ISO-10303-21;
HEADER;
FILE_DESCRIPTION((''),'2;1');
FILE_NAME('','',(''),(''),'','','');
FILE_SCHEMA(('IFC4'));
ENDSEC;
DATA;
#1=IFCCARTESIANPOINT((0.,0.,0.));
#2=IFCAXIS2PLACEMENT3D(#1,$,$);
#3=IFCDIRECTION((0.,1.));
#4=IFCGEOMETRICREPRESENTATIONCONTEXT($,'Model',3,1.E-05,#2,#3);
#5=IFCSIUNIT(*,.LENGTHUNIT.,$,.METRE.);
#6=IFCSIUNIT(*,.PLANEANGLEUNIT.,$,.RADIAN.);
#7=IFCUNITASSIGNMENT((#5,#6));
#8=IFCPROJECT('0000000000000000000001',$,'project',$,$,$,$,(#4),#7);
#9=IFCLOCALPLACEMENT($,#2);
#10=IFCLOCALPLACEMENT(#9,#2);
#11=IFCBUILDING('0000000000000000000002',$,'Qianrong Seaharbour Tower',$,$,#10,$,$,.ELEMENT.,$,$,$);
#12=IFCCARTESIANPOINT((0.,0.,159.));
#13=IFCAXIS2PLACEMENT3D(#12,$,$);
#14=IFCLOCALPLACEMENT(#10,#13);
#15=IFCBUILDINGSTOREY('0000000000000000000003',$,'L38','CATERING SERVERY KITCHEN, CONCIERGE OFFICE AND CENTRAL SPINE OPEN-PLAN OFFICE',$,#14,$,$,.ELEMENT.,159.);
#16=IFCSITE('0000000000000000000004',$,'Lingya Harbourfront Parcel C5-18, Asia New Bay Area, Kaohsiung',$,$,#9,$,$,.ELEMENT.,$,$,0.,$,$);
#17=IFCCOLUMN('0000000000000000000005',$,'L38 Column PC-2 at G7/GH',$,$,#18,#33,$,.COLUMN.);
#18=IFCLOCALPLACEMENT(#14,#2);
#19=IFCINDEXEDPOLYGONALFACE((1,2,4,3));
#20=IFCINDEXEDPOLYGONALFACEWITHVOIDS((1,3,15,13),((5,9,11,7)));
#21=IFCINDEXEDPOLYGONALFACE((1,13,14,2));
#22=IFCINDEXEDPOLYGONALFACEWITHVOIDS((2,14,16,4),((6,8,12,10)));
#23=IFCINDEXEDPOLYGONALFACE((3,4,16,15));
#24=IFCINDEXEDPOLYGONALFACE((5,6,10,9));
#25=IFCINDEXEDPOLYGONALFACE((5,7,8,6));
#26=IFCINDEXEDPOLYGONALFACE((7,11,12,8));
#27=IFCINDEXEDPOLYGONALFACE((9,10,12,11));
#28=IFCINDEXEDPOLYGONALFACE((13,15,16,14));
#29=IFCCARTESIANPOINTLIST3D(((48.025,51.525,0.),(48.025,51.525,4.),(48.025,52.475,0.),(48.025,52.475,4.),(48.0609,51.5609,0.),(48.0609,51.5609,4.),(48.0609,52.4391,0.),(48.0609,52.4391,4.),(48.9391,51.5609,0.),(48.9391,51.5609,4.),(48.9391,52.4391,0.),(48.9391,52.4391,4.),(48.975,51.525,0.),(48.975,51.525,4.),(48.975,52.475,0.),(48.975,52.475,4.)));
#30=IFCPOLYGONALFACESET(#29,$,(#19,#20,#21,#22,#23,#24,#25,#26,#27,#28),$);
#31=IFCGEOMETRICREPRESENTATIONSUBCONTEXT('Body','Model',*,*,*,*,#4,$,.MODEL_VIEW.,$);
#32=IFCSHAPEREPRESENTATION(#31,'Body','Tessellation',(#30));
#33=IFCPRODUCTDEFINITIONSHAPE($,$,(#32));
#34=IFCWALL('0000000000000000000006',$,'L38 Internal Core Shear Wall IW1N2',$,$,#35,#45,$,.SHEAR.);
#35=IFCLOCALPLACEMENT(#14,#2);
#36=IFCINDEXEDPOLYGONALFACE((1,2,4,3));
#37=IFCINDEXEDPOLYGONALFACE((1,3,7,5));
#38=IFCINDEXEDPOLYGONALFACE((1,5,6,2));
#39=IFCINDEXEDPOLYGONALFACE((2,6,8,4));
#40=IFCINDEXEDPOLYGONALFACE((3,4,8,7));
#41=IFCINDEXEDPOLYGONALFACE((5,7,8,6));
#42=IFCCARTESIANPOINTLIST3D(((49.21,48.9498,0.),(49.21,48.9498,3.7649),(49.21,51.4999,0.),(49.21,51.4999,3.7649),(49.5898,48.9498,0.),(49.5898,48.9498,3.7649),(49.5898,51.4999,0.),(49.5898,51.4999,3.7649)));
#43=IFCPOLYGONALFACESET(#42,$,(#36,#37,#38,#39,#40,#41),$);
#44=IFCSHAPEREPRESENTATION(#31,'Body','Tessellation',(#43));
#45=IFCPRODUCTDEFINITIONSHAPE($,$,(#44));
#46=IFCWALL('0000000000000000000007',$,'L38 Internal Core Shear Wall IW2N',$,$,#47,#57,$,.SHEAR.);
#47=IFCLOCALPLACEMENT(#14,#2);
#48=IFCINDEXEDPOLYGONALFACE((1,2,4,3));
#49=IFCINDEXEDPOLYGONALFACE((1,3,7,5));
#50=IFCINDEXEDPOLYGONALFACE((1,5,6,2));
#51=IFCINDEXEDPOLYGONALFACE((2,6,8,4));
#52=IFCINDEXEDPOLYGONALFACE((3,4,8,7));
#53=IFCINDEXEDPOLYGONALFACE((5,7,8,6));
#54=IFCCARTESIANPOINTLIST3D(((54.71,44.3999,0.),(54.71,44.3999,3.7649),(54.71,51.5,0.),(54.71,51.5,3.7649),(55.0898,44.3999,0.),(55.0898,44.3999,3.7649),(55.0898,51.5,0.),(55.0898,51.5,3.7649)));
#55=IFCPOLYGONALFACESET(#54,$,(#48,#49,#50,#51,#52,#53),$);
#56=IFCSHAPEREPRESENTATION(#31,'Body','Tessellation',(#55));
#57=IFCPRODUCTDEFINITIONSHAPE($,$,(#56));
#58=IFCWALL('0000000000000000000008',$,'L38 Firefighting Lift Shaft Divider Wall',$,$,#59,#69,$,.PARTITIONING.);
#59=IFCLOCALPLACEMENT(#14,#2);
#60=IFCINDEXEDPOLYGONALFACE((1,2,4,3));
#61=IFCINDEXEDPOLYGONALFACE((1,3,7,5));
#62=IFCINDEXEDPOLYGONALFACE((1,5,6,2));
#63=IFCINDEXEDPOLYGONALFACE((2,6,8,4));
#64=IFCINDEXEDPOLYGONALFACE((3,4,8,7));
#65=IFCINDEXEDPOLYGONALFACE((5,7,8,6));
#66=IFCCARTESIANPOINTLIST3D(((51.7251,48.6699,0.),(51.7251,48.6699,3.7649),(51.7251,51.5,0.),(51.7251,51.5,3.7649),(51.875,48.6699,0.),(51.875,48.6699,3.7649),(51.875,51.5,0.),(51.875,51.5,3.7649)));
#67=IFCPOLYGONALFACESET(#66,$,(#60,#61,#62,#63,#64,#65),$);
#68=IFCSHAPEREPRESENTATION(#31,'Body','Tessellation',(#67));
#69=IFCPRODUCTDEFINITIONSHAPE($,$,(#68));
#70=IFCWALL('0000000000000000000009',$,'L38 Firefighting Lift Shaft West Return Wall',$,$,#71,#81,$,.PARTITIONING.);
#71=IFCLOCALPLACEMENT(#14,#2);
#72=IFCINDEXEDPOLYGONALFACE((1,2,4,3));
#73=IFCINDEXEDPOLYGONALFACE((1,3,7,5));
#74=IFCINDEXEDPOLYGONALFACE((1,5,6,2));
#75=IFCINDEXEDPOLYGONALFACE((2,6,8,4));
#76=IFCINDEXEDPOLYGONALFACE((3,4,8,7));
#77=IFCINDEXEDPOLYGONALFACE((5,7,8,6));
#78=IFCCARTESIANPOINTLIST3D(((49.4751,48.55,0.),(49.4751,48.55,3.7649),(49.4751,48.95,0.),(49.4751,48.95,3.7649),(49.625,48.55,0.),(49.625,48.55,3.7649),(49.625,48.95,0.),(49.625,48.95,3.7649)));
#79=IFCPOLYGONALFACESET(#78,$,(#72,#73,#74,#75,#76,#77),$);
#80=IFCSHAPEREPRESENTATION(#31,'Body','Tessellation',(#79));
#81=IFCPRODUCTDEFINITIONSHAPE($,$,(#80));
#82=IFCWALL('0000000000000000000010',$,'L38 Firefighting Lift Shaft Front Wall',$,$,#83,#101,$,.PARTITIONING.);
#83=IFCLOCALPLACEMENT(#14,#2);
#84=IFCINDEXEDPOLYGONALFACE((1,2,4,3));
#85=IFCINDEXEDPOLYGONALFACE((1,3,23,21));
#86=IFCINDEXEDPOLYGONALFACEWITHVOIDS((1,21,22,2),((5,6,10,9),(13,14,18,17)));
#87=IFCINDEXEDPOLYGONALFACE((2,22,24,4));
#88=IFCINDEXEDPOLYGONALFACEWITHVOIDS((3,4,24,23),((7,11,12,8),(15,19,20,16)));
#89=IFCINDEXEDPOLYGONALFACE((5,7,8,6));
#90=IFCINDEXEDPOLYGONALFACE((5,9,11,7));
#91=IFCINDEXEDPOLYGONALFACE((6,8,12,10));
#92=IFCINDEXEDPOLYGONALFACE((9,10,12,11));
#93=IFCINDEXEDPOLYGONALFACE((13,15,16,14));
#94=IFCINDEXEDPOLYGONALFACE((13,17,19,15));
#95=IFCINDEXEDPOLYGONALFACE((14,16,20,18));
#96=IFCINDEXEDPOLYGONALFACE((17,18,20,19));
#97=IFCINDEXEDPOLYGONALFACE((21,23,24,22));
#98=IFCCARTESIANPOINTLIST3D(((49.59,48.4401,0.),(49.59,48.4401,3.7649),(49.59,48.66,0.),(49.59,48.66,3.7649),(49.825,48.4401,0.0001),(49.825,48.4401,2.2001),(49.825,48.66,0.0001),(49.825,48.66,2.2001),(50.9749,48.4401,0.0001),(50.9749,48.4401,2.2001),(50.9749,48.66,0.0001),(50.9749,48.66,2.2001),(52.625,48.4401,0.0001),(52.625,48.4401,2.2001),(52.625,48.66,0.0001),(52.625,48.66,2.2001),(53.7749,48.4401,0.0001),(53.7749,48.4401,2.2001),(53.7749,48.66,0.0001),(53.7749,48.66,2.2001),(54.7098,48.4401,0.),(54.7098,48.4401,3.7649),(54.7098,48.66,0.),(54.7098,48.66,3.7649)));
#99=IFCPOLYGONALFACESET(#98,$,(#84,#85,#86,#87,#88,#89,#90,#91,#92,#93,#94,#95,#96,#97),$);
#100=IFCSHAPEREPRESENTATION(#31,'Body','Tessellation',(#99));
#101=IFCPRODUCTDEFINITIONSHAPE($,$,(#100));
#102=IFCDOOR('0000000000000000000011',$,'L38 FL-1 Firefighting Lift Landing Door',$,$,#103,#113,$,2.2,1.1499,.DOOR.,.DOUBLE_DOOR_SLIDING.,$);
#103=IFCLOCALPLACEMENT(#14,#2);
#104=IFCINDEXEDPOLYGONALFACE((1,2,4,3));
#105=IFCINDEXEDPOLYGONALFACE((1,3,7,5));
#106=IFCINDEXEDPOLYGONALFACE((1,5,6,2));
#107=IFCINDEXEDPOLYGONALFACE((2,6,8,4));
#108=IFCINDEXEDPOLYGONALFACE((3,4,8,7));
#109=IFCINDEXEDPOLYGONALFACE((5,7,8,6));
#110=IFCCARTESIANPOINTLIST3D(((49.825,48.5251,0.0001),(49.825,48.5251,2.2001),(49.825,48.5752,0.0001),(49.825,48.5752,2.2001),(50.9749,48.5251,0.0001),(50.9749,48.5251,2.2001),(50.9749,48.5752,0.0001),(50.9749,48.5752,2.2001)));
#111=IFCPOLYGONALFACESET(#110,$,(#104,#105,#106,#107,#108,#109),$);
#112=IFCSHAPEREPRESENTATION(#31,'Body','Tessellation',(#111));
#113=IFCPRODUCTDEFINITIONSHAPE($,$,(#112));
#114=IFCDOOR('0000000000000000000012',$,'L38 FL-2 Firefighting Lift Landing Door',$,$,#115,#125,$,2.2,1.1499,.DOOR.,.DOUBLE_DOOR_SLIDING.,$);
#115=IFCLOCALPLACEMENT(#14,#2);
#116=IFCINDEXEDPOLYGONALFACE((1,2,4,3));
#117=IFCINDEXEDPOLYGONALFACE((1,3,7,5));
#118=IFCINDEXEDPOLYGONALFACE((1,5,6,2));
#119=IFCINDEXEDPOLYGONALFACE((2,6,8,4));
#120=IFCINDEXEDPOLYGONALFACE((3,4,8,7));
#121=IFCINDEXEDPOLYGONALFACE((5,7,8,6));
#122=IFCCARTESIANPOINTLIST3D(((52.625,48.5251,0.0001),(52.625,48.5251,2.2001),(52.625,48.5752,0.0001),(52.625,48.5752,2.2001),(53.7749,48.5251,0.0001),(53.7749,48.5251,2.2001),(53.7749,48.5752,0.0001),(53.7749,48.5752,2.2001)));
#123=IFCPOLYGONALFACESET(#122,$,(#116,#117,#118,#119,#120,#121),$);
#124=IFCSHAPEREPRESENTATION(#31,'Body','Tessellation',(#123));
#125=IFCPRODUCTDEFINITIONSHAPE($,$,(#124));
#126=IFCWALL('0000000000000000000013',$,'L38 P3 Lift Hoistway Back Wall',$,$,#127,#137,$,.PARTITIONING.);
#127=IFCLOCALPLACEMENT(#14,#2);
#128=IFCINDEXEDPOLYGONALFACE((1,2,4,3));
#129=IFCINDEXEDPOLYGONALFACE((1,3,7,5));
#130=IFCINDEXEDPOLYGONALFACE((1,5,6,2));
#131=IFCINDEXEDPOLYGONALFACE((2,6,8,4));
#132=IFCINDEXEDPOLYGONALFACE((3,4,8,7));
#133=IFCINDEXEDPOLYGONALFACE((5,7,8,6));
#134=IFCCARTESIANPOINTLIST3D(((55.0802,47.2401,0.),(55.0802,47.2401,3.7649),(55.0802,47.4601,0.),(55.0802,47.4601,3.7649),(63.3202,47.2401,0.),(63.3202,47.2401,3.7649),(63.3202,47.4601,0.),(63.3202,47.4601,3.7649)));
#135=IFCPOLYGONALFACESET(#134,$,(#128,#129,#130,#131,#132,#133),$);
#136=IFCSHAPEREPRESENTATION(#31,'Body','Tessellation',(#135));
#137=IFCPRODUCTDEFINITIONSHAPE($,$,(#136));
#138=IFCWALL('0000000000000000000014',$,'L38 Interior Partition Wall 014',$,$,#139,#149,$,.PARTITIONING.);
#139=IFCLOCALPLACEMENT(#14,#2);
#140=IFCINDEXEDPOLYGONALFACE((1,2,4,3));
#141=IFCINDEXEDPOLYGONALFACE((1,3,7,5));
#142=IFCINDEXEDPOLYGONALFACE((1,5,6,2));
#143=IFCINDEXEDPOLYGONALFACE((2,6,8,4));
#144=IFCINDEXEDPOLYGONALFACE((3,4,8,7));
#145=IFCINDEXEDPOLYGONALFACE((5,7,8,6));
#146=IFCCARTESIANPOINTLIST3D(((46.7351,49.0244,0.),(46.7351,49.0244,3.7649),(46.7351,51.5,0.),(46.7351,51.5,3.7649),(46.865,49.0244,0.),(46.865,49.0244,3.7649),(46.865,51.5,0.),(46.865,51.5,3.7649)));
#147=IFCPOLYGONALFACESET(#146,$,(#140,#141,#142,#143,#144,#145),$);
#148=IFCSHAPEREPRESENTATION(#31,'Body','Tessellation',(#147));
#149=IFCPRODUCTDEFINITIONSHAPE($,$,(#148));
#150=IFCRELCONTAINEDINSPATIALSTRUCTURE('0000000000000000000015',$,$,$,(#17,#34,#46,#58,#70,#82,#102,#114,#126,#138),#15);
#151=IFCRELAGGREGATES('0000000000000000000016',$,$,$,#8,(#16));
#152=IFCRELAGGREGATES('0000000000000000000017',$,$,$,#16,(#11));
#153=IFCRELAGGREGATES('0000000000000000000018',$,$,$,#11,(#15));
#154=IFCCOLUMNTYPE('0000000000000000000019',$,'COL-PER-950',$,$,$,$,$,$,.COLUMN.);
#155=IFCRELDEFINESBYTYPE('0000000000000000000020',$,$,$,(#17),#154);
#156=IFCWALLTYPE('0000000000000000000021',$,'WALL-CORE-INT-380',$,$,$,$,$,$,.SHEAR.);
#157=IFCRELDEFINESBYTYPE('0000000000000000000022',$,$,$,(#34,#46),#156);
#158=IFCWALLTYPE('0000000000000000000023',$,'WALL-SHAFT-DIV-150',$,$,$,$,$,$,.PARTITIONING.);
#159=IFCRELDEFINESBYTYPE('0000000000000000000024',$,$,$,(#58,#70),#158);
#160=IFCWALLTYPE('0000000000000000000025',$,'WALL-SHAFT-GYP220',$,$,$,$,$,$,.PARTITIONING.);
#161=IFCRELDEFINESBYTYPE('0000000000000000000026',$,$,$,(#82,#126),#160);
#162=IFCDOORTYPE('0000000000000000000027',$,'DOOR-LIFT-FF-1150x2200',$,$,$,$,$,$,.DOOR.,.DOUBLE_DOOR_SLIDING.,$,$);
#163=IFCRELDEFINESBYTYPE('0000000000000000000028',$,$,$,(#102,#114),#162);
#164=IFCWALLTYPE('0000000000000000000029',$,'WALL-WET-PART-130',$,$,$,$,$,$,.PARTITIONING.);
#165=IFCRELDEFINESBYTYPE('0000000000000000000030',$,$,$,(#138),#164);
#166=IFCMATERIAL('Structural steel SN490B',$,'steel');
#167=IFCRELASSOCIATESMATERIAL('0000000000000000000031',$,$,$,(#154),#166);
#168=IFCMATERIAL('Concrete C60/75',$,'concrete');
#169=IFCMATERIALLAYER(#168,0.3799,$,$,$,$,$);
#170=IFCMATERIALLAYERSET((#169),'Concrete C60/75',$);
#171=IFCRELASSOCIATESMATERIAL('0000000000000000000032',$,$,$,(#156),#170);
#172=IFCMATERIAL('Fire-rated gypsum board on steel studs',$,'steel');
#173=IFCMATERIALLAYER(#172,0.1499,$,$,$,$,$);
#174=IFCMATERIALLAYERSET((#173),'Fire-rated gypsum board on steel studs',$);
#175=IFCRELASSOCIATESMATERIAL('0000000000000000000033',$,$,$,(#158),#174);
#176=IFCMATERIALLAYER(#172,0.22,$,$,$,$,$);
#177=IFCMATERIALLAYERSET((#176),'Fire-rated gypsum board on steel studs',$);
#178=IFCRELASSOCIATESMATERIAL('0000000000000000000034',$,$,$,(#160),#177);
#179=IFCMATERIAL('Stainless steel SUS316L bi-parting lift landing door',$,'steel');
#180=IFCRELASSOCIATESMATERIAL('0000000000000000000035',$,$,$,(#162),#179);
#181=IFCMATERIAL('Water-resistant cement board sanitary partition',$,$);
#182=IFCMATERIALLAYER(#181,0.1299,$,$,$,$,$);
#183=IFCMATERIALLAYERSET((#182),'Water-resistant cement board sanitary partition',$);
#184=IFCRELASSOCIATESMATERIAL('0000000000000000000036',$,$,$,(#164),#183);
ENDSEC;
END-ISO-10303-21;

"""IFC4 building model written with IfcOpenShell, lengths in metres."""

from ifc_helpers import new_model, si_unit, direction, frame, frame_2d, origin, origin_2d, place, context, subcontext, project, spatial, rectangle, hollow_rectangle, extrude, material, layer, layer_set, material_profile, profile_set, type_object, element, fill, save


model = new_model("IFC4")

# Units and contexts
model_context = context("Model", 3, precision=1e-05, world=origin(), true_north=direction((0.0, 1.0)))
body_context = subcontext(model_context, "Body", "Model", "MODEL_VIEW")
ifc_project = project(units=[si_unit("LENGTHUNIT", "METRE"), si_unit("PLANEANGLEUNIT", "RADIAN")], contexts=[model_context])

# Site, building, storey
site_placement = place(None, origin())
site = spatial("IfcSite", under=ifc_project, at=site_placement, Name="Lingya Harbourfront Parcel C5-18, Asia New Bay Area, Kaohsiung", CompositionType="ELEMENT", RefElevation=0.0)
building_placement = place(site_placement, origin())
building = spatial("IfcBuilding", under=site, at=building_placement, Name="Qianrong Seaharbour Tower", CompositionType="ELEMENT")
storey_placement = place(building_placement, frame((0.0, 0.0, 159.0)))
storey = spatial("IfcBuildingStorey", under=building, at=storey_placement, Name="L38", Description="CATERING SERVERY KITCHEN, CONCIERGE OFFICE AND CENTRAL SPINE OPEN-PLAN OFFICE", CompositionType="ELEMENT", Elevation=159.0)

# Column
ifc_material_1 = material(Name="Structural steel SN490B", Category="steel")
ifc_material_profile = material_profile(ifc_material_1, hollow_rectangle(XDim=0.95, YDim=0.95, WallThickness=0.0359, at=origin_2d()), Name="BOX950x950x36")
ifc_profile_set = profile_set([ifc_material_profile], Name="Structural steel SN490B")
column_type = type_object("IfcColumnType", Name="COL-PER-950", PredefinedType="COLUMN", material=ifc_profile_set)
column_placement = place(storey_placement, frame((48.5, 52.0, 0.0), z_axis=(0.0, 0.0, 1.0), x_axis=(1.0, 0.0, 0.0)))
element("IfcColumn", 1, at=column_placement, inside=storey, type_object=column_type, Name="L38 Column PC-2 at G7/GH", PredefinedType="COLUMN", context=body_context, shape_type="SweptSolid", body=[
    extrude(hollow_rectangle(XDim=0.95, YDim=0.95, WallThickness=0.0359, at=origin_2d()), origin(), (0.0, 0.0, 1.0), 4.0),
])

# Walls
ifc_material_2 = material(Name="Concrete C60/75", Category="concrete")
ifc_layer_1 = layer(ifc_material_2, 0.3799)
ifc_layer_set_1 = layer_set([ifc_layer_1], Name="Concrete C60/75")
wall_type_1 = type_object("IfcWallType", Name="WALL-CORE-INT-380", PredefinedType="SHEAR", material=ifc_layer_set_1)
wall_1_placement = place(storey_placement, frame((49.3999, 48.95, 0.0), z_axis=(0.0, 0.0, 1.0), x_axis=(0.0, 1.0, 0.0)))
element("IfcWall", 2, at=wall_1_placement, inside=storey, type_object=wall_type_1, Name="L38 Internal Core Shear Wall IW1N2", PredefinedType="SHEAR", context=body_context, shape_type="SweptSolid", body=[
    extrude(rectangle(XDim=2.55, YDim=0.3799, at=frame_2d((1.2749, 0.0))), origin(), (0.0, 0.0, 1.0), 3.7649),
])
wall_2_placement = place(storey_placement, frame((54.8999, 44.3999, 0.0), z_axis=(0.0, 0.0, 1.0), x_axis=(0.0, 1.0, 0.0)))
element("IfcWall", 3, at=wall_2_placement, inside=storey, type_object=wall_type_1, Name="L38 Internal Core Shear Wall IW2N", PredefinedType="SHEAR", context=body_context, shape_type="SweptSolid", body=[
    extrude(rectangle(XDim=7.1001, YDim=0.3799, at=frame_2d((3.55, 0.0))), origin(), (0.0, 0.0, 1.0), 3.7649),
])

# Walls
ifc_material_3 = material(Name="Fire-rated gypsum board on steel studs", Category="steel")
ifc_layer_2 = layer(ifc_material_3, 0.1499)
ifc_layer_set_2 = layer_set([ifc_layer_2], Name="Fire-rated gypsum board on steel studs")
wall_type_2 = type_object("IfcWallType", Name="WALL-SHAFT-DIV-150", PredefinedType="PARTITIONING", material=ifc_layer_set_2)
wall_3_placement = place(storey_placement, frame((51.8, 48.6699, 0.0), z_axis=(0.0, 0.0, 1.0), x_axis=(0.0, 1.0, 0.0)))
element("IfcWall", 4, at=wall_3_placement, inside=storey, type_object=wall_type_2, Name="L38 Firefighting Lift Shaft Divider Wall", PredefinedType="PARTITIONING", context=body_context, shape_type="SweptSolid", body=[
    extrude(rectangle(XDim=2.8301, YDim=0.1499, at=frame_2d((1.415, 0.0))), origin(), (0.0, 0.0, 1.0), 3.7649),
])
wall_4_placement = place(storey_placement, frame((49.55, 48.55, 0.0), z_axis=(0.0, 0.0, 1.0), x_axis=(0.0, 1.0, 0.0)))
element("IfcWall", 5, at=wall_4_placement, inside=storey, type_object=wall_type_2, Name="L38 Firefighting Lift Shaft West Return Wall", PredefinedType="PARTITIONING", context=body_context, shape_type="SweptSolid", body=[
    extrude(rectangle(XDim=0.3999, YDim=0.1499, at=frame_2d((0.2, 0.0))), origin(), (0.0, 0.0, 1.0), 3.7649),
])

# Wall, openings, doors
ifc_layer_3 = layer(ifc_material_3, 0.22)
ifc_layer_set_3 = layer_set([ifc_layer_3], Name="Fire-rated gypsum board on steel studs")
wall_type_3 = type_object("IfcWallType", Name="WALL-SHAFT-GYP220", PredefinedType="PARTITIONING", material=ifc_layer_set_3)
wall_5_placement = place(storey_placement, frame((54.71, 48.55, 0.0), z_axis=(0.0, 0.0, 1.0), x_axis=(-1.0, 0.0, 0.0)))
wall_5 = element("IfcWall", 6, at=wall_5_placement, inside=storey, type_object=wall_type_3, Name="L38 Firefighting Lift Shaft Front Wall", PredefinedType="PARTITIONING", context=body_context, shape_type="SweptSolid", body=[
    extrude(rectangle(XDim=5.1199, YDim=0.22, at=frame_2d((2.5601, 0.0))), origin(), (0.0, 0.0, 1.0), 3.7649),
])
opening_1_placement = place(wall_5_placement, frame((3.7351, 0.0, 0.0)))
opening_1 = element("IfcOpeningElement", 7, at=opening_1_placement, cuts=wall_5, PredefinedType="OPENING", context=body_context, shape_type="SweptSolid", body=[
    extrude(rectangle(XDim=1.1499, YDim=2.2, at=frame_2d((0.575, 1.1001))), frame((0.0, 0.1201, 0.0), z_axis=(0.0, -1.0, 0.0), x_axis=(1.0, 0.0, 0.0)), (0.0, 0.0, 1.0), 0.24),
])
opening_2_placement = place(wall_5_placement, frame((0.9351, 0.0, 0.0)))
opening_2 = element("IfcOpeningElement", 8, at=opening_2_placement, cuts=wall_5, PredefinedType="OPENING", context=body_context, shape_type="SweptSolid", body=[
    extrude(rectangle(XDim=1.1499, YDim=2.2, at=frame_2d((0.575, 1.1001))), frame((0.0, 0.1201, 0.0), z_axis=(0.0, -1.0, 0.0), x_axis=(1.0, 0.0, 0.0)), (0.0, 0.0, 1.0), 0.24),
])
ifc_material_4 = material(Name="Stainless steel SUS316L bi-parting lift landing door", Category="steel")
door_type_1 = type_object("IfcDoorType", Name="DOOR-LIFT-FF-1150x2200", OperationType="DOUBLE_DOOR_SLIDING", PredefinedType="DOOR", material=ifc_material_4)
door_1_placement = place(opening_1_placement, origin())
door_1 = element("IfcDoor", 9, at=door_1_placement, inside=storey, type_object=door_type_1, Name="L38 FL-1 Firefighting Lift Landing Door", OperationType="DOUBLE_DOOR_SLIDING", OverallHeight=2.2, OverallWidth=1.1499, PredefinedType="DOOR", context=body_context, shape_type="SweptSolid", body=[
    extrude(rectangle(XDim=1.1499, YDim=2.2, at=frame_2d((0.575, 1.1001))), frame((0.0, 0.0249, 0.0), z_axis=(0.0, -1.0, 0.0), x_axis=(1.0, 0.0, 0.0)), (0.0, 0.0, 1.0), 0.05),
])
fill(opening_1, door_1)
door_2_placement = place(opening_2_placement, origin())
door_2 = element("IfcDoor", 10, at=door_2_placement, inside=storey, type_object=door_type_1, Name="L38 FL-2 Firefighting Lift Landing Door", OperationType="DOUBLE_DOOR_SLIDING", OverallHeight=2.2, OverallWidth=1.1499, PredefinedType="DOOR", context=body_context, shape_type="SweptSolid", body=[
    extrude(rectangle(XDim=1.1499, YDim=2.2, at=frame_2d((0.575, 1.1001))), frame((0.0, 0.0249, 0.0), z_axis=(0.0, -1.0, 0.0), x_axis=(1.0, 0.0, 0.0)), (0.0, 0.0, 1.0), 0.05),
])
fill(opening_2, door_2)

# Walls
wall_6_placement = place(storey_placement, frame((55.0801, 47.3501, 0.0), z_axis=(0.0, 0.0, 1.0), x_axis=(1.0, 0.0, 0.0)))
element("IfcWall", 11, at=wall_6_placement, inside=storey, type_object=wall_type_3, Name="L38 P3 Lift Hoistway Back Wall", PredefinedType="PARTITIONING", context=body_context, shape_type="SweptSolid", body=[
    extrude(rectangle(XDim=8.24, YDim=0.22, at=frame_2d((4.1201, 0.0))), origin(), (0.0, 0.0, 1.0), 3.7649),
])
ifc_material_5 = material(Name="Water-resistant cement board sanitary partition")
ifc_layer_4 = layer(ifc_material_5, 0.1299)
ifc_layer_set_4 = layer_set([ifc_layer_4], Name="Water-resistant cement board sanitary partition")
wall_type_4 = type_object("IfcWallType", Name="WALL-WET-PART-130", PredefinedType="PARTITIONING", material=ifc_layer_set_4)
wall_7_placement = place(storey_placement, frame((46.8, 51.5, 0.0), z_axis=(0.0, 0.0, 1.0), x_axis=(0.0, -1.0, 0.0)))
element("IfcWall", 12, at=wall_7_placement, inside=storey, type_object=wall_type_4, Name="L38 Interior Partition Wall 014", PredefinedType="PARTITIONING", context=body_context, shape_type="SweptSolid", body=[
    extrude(rectangle(XDim=2.4756, YDim=0.1299, at=frame_2d((1.2378, 0.0))), origin(), (0.0, 0.0, 1.0), 3.7649),
])

save(model, "model.ifc")
